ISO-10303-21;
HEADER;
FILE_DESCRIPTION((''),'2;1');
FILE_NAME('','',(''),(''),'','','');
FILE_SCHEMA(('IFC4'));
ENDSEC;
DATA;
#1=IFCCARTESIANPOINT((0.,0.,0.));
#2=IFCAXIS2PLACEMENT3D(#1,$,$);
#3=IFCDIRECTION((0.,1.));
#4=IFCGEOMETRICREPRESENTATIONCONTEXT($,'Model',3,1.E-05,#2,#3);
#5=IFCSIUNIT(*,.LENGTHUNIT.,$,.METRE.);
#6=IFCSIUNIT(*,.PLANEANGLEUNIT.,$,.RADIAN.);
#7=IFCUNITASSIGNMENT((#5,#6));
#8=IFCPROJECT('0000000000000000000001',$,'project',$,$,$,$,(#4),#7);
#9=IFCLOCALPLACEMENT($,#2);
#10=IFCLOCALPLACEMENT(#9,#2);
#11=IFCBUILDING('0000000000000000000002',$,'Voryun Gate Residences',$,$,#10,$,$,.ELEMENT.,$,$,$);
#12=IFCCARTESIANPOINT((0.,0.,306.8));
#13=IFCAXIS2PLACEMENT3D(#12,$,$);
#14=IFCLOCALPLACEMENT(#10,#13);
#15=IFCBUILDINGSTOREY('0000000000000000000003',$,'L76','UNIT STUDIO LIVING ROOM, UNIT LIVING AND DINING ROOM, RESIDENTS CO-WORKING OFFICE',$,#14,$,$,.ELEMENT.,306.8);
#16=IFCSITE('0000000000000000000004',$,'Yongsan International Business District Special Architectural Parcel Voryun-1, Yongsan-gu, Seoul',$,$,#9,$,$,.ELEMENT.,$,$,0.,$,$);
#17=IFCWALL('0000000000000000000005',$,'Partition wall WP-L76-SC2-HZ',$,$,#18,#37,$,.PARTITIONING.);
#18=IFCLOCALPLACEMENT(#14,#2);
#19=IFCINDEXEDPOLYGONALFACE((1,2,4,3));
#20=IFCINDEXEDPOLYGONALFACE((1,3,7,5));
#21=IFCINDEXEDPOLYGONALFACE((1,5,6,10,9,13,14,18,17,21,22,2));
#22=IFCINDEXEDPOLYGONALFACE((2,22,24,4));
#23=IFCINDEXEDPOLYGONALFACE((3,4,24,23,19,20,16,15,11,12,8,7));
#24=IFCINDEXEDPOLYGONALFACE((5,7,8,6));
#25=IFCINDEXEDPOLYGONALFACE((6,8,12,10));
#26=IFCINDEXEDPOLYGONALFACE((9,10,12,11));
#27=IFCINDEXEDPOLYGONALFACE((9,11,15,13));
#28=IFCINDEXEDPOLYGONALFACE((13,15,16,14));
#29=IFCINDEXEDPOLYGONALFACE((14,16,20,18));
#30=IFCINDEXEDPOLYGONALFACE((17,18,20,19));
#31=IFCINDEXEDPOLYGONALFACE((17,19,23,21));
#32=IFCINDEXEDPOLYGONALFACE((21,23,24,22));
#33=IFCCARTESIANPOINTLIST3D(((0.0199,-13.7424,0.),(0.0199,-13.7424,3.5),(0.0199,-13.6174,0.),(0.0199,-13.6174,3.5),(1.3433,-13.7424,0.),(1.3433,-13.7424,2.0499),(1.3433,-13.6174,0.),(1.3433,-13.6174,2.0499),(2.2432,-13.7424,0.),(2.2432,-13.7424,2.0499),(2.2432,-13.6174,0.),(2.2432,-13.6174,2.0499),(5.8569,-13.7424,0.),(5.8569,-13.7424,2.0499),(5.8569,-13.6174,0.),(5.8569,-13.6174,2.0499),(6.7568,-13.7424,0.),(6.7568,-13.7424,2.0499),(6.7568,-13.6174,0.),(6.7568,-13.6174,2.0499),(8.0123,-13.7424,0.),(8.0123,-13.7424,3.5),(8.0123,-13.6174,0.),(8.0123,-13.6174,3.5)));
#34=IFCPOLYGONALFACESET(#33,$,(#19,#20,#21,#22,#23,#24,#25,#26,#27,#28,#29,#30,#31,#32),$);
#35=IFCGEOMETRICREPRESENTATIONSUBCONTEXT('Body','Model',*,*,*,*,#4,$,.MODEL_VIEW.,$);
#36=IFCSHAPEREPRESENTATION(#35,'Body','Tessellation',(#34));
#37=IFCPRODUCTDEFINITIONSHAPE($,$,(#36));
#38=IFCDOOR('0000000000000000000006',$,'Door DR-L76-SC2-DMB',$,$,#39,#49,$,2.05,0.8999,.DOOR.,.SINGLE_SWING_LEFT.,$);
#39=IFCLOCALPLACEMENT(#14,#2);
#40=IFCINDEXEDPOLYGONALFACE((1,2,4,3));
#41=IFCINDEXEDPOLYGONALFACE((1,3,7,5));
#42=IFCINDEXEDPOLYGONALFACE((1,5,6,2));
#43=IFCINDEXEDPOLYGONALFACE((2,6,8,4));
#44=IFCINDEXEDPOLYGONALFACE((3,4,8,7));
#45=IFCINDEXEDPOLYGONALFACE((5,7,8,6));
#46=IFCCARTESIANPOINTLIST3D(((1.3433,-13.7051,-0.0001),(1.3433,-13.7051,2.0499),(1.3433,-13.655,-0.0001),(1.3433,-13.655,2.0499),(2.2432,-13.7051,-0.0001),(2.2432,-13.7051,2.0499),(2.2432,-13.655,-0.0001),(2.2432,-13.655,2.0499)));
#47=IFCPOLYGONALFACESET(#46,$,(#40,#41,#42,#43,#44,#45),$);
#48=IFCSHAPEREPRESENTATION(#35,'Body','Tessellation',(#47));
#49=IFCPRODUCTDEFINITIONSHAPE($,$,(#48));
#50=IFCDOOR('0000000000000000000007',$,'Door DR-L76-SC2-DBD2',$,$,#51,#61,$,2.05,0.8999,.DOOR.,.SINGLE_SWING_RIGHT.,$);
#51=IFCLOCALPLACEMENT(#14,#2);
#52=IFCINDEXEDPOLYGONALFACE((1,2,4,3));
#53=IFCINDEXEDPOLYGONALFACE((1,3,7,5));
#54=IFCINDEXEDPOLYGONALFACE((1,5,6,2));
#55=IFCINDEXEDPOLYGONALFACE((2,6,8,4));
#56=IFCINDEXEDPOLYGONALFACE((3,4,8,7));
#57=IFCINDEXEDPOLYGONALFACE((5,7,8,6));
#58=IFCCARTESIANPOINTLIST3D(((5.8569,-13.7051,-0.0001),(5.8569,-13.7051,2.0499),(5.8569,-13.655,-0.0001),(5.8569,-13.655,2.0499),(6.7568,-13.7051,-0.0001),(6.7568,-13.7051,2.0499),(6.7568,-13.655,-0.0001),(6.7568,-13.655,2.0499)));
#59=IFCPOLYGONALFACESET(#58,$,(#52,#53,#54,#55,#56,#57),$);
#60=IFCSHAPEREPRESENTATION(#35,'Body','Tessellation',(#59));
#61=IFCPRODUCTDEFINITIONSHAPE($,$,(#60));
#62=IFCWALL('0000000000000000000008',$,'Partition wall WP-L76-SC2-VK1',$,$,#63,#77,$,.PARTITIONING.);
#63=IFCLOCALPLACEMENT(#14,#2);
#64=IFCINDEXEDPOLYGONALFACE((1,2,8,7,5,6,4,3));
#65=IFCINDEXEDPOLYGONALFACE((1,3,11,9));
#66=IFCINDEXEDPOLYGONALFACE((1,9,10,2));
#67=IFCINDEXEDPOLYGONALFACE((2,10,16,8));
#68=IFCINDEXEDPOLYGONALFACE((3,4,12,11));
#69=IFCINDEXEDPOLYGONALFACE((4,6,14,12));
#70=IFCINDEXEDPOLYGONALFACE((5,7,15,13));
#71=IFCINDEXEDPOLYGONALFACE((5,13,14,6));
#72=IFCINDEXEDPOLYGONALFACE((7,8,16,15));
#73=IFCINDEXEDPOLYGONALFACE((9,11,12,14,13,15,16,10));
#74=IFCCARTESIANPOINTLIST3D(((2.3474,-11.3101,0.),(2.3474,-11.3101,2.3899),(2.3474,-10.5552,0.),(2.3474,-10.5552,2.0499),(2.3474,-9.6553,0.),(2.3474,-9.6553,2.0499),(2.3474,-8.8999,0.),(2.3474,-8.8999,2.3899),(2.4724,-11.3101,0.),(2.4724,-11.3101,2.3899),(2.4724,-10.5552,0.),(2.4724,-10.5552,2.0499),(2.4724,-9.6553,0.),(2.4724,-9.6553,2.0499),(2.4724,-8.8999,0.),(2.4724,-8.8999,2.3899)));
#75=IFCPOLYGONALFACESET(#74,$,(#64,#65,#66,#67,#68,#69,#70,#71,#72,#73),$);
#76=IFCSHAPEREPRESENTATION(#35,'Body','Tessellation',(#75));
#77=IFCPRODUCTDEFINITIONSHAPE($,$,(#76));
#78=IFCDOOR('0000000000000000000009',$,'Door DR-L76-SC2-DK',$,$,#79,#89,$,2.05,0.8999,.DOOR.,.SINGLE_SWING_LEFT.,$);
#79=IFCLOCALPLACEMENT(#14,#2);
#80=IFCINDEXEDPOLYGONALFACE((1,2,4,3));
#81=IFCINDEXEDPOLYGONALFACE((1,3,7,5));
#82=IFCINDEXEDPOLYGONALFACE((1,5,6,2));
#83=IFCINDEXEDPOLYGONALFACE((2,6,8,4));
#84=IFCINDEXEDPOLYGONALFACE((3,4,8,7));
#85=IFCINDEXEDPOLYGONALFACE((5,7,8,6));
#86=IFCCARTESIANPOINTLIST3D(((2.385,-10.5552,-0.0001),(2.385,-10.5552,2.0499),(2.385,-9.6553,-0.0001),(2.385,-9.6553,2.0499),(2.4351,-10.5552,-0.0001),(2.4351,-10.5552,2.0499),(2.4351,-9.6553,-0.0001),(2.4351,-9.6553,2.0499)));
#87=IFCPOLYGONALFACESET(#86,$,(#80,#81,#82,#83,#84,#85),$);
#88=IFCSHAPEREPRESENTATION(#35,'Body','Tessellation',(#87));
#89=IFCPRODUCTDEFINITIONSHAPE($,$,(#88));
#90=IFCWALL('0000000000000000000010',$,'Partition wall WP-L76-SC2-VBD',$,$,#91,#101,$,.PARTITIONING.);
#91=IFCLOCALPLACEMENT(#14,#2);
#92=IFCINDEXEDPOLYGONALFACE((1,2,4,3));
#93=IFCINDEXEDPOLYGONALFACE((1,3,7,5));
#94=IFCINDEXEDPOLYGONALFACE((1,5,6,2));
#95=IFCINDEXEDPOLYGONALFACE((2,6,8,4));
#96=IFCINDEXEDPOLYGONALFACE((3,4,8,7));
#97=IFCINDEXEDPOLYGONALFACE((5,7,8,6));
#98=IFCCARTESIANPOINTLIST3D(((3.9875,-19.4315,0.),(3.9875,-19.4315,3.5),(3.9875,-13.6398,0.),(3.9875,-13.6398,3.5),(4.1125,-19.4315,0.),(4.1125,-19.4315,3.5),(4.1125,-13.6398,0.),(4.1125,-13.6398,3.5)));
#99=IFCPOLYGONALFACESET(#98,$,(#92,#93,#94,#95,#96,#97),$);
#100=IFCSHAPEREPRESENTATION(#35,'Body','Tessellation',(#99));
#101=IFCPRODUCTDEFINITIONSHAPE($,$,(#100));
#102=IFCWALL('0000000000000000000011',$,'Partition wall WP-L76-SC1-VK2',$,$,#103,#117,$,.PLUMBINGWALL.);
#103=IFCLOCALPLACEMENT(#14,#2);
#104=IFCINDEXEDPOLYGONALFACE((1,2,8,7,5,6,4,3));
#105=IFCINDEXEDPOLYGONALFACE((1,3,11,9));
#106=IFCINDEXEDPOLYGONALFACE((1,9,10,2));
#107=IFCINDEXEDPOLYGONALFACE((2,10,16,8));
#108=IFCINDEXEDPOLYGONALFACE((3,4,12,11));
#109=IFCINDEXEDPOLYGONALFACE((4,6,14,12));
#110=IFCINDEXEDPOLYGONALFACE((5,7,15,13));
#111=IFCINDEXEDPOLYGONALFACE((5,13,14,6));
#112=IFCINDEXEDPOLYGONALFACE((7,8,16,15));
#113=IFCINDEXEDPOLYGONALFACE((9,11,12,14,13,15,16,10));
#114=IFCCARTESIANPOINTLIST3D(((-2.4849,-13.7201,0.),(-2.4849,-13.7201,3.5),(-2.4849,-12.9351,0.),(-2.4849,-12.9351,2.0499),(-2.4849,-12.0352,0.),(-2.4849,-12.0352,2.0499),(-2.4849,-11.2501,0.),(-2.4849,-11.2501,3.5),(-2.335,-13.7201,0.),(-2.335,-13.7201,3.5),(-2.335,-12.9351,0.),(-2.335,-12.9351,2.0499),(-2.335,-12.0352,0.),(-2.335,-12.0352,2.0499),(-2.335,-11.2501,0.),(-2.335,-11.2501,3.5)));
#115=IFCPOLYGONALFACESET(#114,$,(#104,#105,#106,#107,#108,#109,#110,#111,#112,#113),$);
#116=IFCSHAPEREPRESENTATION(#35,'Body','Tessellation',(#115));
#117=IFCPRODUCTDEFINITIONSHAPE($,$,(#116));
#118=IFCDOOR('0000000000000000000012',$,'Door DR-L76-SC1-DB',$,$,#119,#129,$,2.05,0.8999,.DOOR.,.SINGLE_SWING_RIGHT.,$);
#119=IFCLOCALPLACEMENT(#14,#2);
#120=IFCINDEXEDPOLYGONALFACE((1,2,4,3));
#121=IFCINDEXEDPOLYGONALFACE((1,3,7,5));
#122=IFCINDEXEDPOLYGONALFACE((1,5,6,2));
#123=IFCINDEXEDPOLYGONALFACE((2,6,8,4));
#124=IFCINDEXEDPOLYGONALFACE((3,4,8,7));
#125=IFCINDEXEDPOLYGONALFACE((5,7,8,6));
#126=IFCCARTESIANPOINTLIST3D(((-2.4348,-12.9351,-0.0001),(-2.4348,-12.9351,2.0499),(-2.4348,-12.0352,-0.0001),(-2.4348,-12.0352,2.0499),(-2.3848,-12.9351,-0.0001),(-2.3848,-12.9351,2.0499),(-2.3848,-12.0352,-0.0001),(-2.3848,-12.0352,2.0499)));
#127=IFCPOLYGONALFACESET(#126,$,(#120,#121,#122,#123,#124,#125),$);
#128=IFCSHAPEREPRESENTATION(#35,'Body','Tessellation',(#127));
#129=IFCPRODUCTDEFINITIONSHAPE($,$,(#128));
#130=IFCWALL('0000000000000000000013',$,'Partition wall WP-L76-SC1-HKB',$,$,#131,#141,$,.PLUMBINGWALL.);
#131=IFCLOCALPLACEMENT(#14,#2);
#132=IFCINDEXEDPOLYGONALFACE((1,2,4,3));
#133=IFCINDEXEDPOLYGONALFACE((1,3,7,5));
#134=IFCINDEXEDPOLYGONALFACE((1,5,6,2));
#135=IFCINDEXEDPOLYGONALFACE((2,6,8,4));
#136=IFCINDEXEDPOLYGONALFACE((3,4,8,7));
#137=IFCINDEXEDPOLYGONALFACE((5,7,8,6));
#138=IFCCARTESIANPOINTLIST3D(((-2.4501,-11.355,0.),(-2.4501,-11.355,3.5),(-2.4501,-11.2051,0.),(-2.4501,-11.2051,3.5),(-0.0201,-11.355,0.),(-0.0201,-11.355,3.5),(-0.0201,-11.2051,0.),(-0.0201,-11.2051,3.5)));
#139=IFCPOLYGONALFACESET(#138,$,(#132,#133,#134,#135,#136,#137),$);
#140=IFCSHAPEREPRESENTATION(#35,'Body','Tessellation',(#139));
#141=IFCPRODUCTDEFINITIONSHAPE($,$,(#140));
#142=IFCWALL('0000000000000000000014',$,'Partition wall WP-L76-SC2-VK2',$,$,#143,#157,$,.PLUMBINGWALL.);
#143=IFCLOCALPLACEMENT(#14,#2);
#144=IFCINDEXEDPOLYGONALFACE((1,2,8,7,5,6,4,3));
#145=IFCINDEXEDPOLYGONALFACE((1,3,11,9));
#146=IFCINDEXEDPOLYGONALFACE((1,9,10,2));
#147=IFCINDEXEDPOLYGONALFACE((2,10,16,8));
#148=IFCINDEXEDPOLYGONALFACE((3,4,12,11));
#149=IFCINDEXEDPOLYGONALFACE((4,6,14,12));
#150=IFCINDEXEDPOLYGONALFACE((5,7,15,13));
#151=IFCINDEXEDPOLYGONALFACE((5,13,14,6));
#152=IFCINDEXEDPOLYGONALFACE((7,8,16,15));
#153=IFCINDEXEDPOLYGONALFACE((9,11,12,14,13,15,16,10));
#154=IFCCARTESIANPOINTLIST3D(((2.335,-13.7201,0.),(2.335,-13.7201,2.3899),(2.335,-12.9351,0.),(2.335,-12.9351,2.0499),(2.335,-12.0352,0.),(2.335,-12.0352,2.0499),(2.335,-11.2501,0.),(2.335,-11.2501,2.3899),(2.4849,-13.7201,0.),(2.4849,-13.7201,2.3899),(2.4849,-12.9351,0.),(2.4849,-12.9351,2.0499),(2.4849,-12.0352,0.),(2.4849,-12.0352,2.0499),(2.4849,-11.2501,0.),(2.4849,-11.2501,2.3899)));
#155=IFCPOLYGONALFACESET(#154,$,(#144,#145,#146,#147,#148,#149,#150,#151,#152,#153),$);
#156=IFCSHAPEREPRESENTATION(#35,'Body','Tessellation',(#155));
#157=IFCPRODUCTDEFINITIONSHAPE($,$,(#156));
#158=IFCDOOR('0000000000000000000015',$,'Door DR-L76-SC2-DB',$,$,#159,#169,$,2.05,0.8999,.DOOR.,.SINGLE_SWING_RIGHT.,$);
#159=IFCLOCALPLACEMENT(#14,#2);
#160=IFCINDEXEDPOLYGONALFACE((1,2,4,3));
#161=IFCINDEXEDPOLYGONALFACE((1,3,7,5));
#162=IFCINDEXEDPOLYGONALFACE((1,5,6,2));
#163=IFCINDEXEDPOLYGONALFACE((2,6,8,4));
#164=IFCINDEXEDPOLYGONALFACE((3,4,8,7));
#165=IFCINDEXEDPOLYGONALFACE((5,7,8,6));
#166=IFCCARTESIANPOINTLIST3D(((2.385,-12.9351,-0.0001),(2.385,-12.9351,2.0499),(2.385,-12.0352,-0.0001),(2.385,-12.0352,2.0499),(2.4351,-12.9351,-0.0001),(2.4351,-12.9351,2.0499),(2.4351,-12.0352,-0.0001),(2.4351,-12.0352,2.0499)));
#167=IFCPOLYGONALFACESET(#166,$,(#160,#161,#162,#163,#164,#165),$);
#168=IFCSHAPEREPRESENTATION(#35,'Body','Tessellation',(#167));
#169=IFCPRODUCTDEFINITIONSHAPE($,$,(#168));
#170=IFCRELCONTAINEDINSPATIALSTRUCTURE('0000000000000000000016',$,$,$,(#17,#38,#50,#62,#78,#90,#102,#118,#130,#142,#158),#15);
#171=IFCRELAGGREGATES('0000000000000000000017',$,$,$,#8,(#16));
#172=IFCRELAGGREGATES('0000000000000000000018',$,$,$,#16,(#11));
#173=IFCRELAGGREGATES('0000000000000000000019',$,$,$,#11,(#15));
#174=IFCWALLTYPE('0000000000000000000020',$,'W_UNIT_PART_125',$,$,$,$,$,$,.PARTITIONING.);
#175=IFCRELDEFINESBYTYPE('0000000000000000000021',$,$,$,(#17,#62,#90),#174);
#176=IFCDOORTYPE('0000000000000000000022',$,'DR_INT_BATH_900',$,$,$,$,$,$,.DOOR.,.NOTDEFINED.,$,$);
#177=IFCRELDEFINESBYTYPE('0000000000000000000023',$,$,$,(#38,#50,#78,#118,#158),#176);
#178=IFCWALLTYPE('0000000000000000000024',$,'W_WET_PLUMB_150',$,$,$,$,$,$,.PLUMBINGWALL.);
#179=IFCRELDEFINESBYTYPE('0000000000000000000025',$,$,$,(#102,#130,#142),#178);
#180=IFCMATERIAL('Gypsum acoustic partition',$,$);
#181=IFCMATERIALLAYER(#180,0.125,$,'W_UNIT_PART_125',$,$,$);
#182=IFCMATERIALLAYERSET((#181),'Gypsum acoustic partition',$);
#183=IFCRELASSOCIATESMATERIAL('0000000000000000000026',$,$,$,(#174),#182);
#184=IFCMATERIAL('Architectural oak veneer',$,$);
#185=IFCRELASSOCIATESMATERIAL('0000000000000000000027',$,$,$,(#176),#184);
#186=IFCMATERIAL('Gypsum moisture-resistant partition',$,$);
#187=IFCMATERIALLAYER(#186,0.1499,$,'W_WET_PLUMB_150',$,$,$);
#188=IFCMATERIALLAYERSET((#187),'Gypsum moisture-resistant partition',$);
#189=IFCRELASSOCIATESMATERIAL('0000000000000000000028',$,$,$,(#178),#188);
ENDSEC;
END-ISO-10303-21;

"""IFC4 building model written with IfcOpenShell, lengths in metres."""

from ifc_helpers import new_model, si_unit, direction, frame, frame_2d, origin, place, context, subcontext, project, spatial, rectangle, extrude, material, layer, layer_set, type_object, element, fill, save


model = new_model("IFC4")

# Units and contexts
model_context = context("Model", 3, precision=1e-05, world=origin(), true_north=direction((0.0, 1.0)))
body_context = subcontext(model_context, "Body", "Model", "MODEL_VIEW")
ifc_project = project(units=[si_unit("LENGTHUNIT", "METRE"), si_unit("PLANEANGLEUNIT", "RADIAN")], contexts=[model_context])

# Site, building, storey
site_placement = place(None, origin())
site = spatial("IfcSite", under=ifc_project, at=site_placement, Name="Yongsan International Business District Special Architectural Parcel Voryun-1, Yongsan-gu, Seoul", CompositionType="ELEMENT", RefElevation=0.0)
building_placement = place(site_placement, origin())
building = spatial("IfcBuilding", under=site, at=building_placement, Name="Voryun Gate Residences", CompositionType="ELEMENT")
storey_placement = place(building_placement, frame((0.0, 0.0, 306.8)))
storey = spatial("IfcBuildingStorey", under=building, at=storey_placement, Name="L76", Description="UNIT STUDIO LIVING ROOM, UNIT LIVING AND DINING ROOM, RESIDENTS CO-WORKING OFFICE", CompositionType="ELEMENT", Elevation=306.8)

# Shared definitions
ifc_material_1 = material(Name="Gypsum acoustic partition")
ifc_layer_1 = layer(ifc_material_1, 0.125, Name="W_UNIT_PART_125")
ifc_layer_set_1 = layer_set([ifc_layer_1], Name="Gypsum acoustic partition")
wall_type_1 = type_object("IfcWallType", Name="W_UNIT_PART_125", PredefinedType="PARTITIONING", material=ifc_layer_set_1)
ifc_material_2 = material(Name="Architectural oak veneer")
door_type_1 = type_object("IfcDoorType", Name="DR_INT_BATH_900", OperationType="NOTDEFINED", PredefinedType="DOOR", material=ifc_material_2)

# Wall, openings, doors
wall_1_placement = place(storey_placement, frame((0.02, -13.6799, 0.0), z_axis=(0.0, 0.0, 1.0), x_axis=(1.0, 0.0, 0.0)))
wall_1 = element("IfcWall", 1, at=wall_1_placement, inside=storey, type_object=wall_type_1, Name="Partition wall WP-L76-SC2-HZ", PredefinedType="PARTITIONING", context=body_context, shape_type="SweptSolid", body=[
    extrude(rectangle(XDim=7.9924, YDim=0.125, at=frame_2d((3.9961, 0.0))), origin(), (0.0, 0.0, 1.0), 3.5),
])
opening_1_placement = place(wall_1_placement, frame((1.3232, 0.0, 0.0)))
opening_1 = element("IfcOpeningElement", 2, at=opening_1_placement, cuts=wall_1, PredefinedType="OPENING", context=body_context, shape_type="SweptSolid", body=[
    extrude(rectangle(XDim=0.8999, YDim=2.05, at=frame_2d((0.45, 1.0249))), frame((0.0, 0.0725, 0.0), z_axis=(0.0, -1.0, 0.0), x_axis=(1.0, 0.0, 0.0)), (0.0, 0.0, 1.0), 0.145),
])
opening_2_placement = place(wall_1_placement, frame((5.8369, 0.0, 0.0)))
opening_2 = element("IfcOpeningElement", 3, at=opening_2_placement, cuts=wall_1, PredefinedType="OPENING", context=body_context, shape_type="SweptSolid", body=[
    extrude(rectangle(XDim=0.8999, YDim=2.05, at=frame_2d((0.45, 1.0249))), frame((0.0, 0.0725, 0.0), z_axis=(0.0, -1.0, 0.0), x_axis=(1.0, 0.0, 0.0)), (0.0, 0.0, 1.0), 0.145),
])
door_1_placement = place(opening_1_placement, origin())
door_1 = element("IfcDoor", 4, at=door_1_placement, inside=storey, type_object=door_type_1, Name="Door DR-L76-SC2-DMB", OperationType="SINGLE_SWING_LEFT", OverallHeight=2.05, OverallWidth=0.8999, PredefinedType="DOOR", context=body_context, shape_type="SweptSolid", body=[
    extrude(rectangle(XDim=0.8999, YDim=2.05, at=frame_2d((0.45, 1.0249))), frame((0.0, 0.0249, 0.0), z_axis=(0.0, -1.0, 0.0), x_axis=(1.0, 0.0, 0.0)), (0.0, 0.0, 1.0), 0.05),
])
fill(opening_1, door_1)
door_2_placement = place(opening_2_placement, origin())
door_2 = element("IfcDoor", 5, at=door_2_placement, inside=storey, type_object=door_type_1, Name="Door DR-L76-SC2-DBD2", OperationType="SINGLE_SWING_RIGHT", OverallHeight=2.05, OverallWidth=0.8999, PredefinedType="DOOR", context=body_context, shape_type="SweptSolid", body=[
    extrude(rectangle(XDim=0.8999, YDim=2.05, at=frame_2d((0.45, 1.0249))), frame((0.0, 0.0249, 0.0), z_axis=(0.0, -1.0, 0.0), x_axis=(1.0, 0.0, 0.0)), (0.0, 0.0, 1.0), 0.05),
])
fill(opening_2, door_2)

# Wall, opening, door
wall_2_placement = place(storey_placement, frame((2.4099, -11.3101, 0.0), z_axis=(0.0, 0.0, 1.0), x_axis=(0.0, 1.0, 0.0)))
wall_2 = element("IfcWall", 6, at=wall_2_placement, inside=storey, type_object=wall_type_1, Name="Partition wall WP-L76-SC2-VK1", PredefinedType="PARTITIONING", context=body_context, shape_type="SweptSolid", body=[
    extrude(rectangle(XDim=2.4102, YDim=0.125, at=frame_2d((1.2051, 0.0))), origin(), (0.0, 0.0, 1.0), 2.3899),
])
opening_3_placement = place(wall_2_placement, frame((0.7549, 0.0, 0.0)))
opening_3 = element("IfcOpeningElement", 7, at=opening_3_placement, cuts=wall_2, PredefinedType="OPENING", context=body_context, shape_type="SweptSolid", body=[
    extrude(rectangle(XDim=0.8999, YDim=2.05, at=frame_2d((0.45, 1.0249))), frame((0.0, 0.0725, 0.0), z_axis=(0.0, -1.0, 0.0), x_axis=(1.0, 0.0, 0.0)), (0.0, 0.0, 1.0), 0.145),
])
door_3_placement = place(opening_3_placement, origin())
door_3 = element("IfcDoor", 8, at=door_3_placement, inside=storey, type_object=door_type_1, Name="Door DR-L76-SC2-DK", OperationType="SINGLE_SWING_LEFT", OverallHeight=2.05, OverallWidth=0.8999, PredefinedType="DOOR", context=body_context, shape_type="SweptSolid", body=[
    extrude(rectangle(XDim=0.8999, YDim=2.05, at=frame_2d((0.45, 1.0249))), frame((0.0, 0.0249, 0.0), z_axis=(0.0, -1.0, 0.0), x_axis=(1.0, 0.0, 0.0)), (0.0, 0.0, 1.0), 0.05),
])
fill(opening_3, door_3)

# Wall
wall_3_placement = place(storey_placement, frame((4.05, -19.4316, 0.0), z_axis=(0.0, 0.0, 1.0), x_axis=(0.0, 1.0, 0.0)))
element("IfcWall", 9, at=wall_3_placement, inside=storey, type_object=wall_type_1, Name="Partition wall WP-L76-SC2-VBD", PredefinedType="PARTITIONING", context=body_context, shape_type="SweptSolid", body=[
    extrude(rectangle(XDim=5.7917, YDim=0.125, at=frame_2d((2.896, 0.0))), origin(), (0.0, 0.0, 1.0), 3.5),
])

# Wall, opening, door
ifc_material_3 = material(Name="Gypsum moisture-resistant partition")
ifc_layer_2 = layer(ifc_material_3, 0.1499, Name="W_WET_PLUMB_150")
ifc_layer_set_2 = layer_set([ifc_layer_2], Name="Gypsum moisture-resistant partition")
wall_type_2 = type_object("IfcWallType", Name="W_WET_PLUMB_150", PredefinedType="PLUMBINGWALL", material=ifc_layer_set_2)
wall_4_placement = place(storey_placement, frame((-2.4099, -13.72, 0.0), z_axis=(0.0, 0.0, 1.0), x_axis=(0.0, 1.0, 0.0)))
wall_4 = element("IfcWall", 10, at=wall_4_placement, inside=storey, type_object=wall_type_2, Name="Partition wall WP-L76-SC1-VK2", PredefinedType="PLUMBINGWALL", context=body_context, shape_type="SweptSolid", body=[
    extrude(rectangle(XDim=2.47, YDim=0.1499, at=frame_2d((1.2349, 0.0))), origin(), (0.0, 0.0, 1.0), 3.5),
])
opening_4_placement = place(wall_4_placement, frame((0.7849, 0.0, 0.0)))
opening_4 = element("IfcOpeningElement", 11, at=opening_4_placement, cuts=wall_4, PredefinedType="OPENING", context=body_context, shape_type="SweptSolid", body=[
    extrude(rectangle(XDim=0.8999, YDim=2.05, at=frame_2d((0.45, 1.0249))), frame((0.0, 0.085, 0.0), z_axis=(0.0, -1.0, 0.0), x_axis=(1.0, 0.0, 0.0)), (0.0, 0.0, 1.0), 0.1699),
])
door_4_placement = place(opening_4_placement, origin())
door_4 = element("IfcDoor", 12, at=door_4_placement, inside=storey, type_object=door_type_1, Name="Door DR-L76-SC1-DB", OperationType="SINGLE_SWING_RIGHT", OverallHeight=2.05, OverallWidth=0.8999, PredefinedType="DOOR", context=body_context, shape_type="SweptSolid", body=[
    extrude(rectangle(XDim=0.8999, YDim=2.05, at=frame_2d((0.45, 1.0249))), frame((0.0, 0.0249, 0.0), z_axis=(0.0, -1.0, 0.0), x_axis=(1.0, 0.0, 0.0)), (0.0, 0.0, 1.0), 0.05),
])
fill(opening_4, door_4)

# Wall
wall_5_placement = place(storey_placement, frame((-2.45, -11.28, 0.0), z_axis=(0.0, 0.0, 1.0), x_axis=(1.0, 0.0, 0.0)))
element("IfcWall", 13, at=wall_5_placement, inside=storey, type_object=wall_type_2, Name="Partition wall WP-L76-SC1-HKB", PredefinedType="PLUMBINGWALL", context=body_context, shape_type="SweptSolid", body=[
    extrude(rectangle(XDim=2.4299, YDim=0.1499, at=frame_2d((1.2148, 0.0))), origin(), (0.0, 0.0, 1.0), 3.5),
])

# Wall, opening, door
wall_6_placement = place(storey_placement, frame((2.4099, -13.72, 0.0), z_axis=(0.0, 0.0, 1.0), x_axis=(0.0, 1.0, 0.0)))
wall_6 = element("IfcWall", 14, at=wall_6_placement, inside=storey, type_object=wall_type_2, Name="Partition wall WP-L76-SC2-VK2", PredefinedType="PLUMBINGWALL", context=body_context, shape_type="SweptSolid", body=[
    extrude(rectangle(XDim=2.47, YDim=0.1499, at=frame_2d((1.2349, 0.0))), origin(), (0.0, 0.0, 1.0), 2.3899),
])
opening_5_placement = place(wall_6_placement, frame((0.7849, 0.0, 0.0)))
opening_5 = element("IfcOpeningElement", 15, at=opening_5_placement, cuts=wall_6, PredefinedType="OPENING", context=body_context, shape_type="SweptSolid", body=[
    extrude(rectangle(XDim=0.8999, YDim=2.05, at=frame_2d((0.45, 1.0249))), frame((0.0, 0.085, 0.0), z_axis=(0.0, -1.0, 0.0), x_axis=(1.0, 0.0, 0.0)), (0.0, 0.0, 1.0), 0.1699),
])
door_5_placement = place(opening_5_placement, origin())
door_5 = element("IfcDoor", 16, at=door_5_placement, inside=storey, type_object=door_type_1, Name="Door DR-L76-SC2-DB", OperationType="SINGLE_SWING_RIGHT", OverallHeight=2.05, OverallWidth=0.8999, PredefinedType="DOOR", context=body_context, shape_type="SweptSolid", body=[
    extrude(rectangle(XDim=0.8999, YDim=2.05, at=frame_2d((0.45, 1.0249))), frame((0.0, 0.0249, 0.0), z_axis=(0.0, -1.0, 0.0), x_axis=(1.0, 0.0, 0.0)), (0.0, 0.0, 1.0), 0.05),
])
fill(opening_5, door_5)

save(model, "model.ifc")
